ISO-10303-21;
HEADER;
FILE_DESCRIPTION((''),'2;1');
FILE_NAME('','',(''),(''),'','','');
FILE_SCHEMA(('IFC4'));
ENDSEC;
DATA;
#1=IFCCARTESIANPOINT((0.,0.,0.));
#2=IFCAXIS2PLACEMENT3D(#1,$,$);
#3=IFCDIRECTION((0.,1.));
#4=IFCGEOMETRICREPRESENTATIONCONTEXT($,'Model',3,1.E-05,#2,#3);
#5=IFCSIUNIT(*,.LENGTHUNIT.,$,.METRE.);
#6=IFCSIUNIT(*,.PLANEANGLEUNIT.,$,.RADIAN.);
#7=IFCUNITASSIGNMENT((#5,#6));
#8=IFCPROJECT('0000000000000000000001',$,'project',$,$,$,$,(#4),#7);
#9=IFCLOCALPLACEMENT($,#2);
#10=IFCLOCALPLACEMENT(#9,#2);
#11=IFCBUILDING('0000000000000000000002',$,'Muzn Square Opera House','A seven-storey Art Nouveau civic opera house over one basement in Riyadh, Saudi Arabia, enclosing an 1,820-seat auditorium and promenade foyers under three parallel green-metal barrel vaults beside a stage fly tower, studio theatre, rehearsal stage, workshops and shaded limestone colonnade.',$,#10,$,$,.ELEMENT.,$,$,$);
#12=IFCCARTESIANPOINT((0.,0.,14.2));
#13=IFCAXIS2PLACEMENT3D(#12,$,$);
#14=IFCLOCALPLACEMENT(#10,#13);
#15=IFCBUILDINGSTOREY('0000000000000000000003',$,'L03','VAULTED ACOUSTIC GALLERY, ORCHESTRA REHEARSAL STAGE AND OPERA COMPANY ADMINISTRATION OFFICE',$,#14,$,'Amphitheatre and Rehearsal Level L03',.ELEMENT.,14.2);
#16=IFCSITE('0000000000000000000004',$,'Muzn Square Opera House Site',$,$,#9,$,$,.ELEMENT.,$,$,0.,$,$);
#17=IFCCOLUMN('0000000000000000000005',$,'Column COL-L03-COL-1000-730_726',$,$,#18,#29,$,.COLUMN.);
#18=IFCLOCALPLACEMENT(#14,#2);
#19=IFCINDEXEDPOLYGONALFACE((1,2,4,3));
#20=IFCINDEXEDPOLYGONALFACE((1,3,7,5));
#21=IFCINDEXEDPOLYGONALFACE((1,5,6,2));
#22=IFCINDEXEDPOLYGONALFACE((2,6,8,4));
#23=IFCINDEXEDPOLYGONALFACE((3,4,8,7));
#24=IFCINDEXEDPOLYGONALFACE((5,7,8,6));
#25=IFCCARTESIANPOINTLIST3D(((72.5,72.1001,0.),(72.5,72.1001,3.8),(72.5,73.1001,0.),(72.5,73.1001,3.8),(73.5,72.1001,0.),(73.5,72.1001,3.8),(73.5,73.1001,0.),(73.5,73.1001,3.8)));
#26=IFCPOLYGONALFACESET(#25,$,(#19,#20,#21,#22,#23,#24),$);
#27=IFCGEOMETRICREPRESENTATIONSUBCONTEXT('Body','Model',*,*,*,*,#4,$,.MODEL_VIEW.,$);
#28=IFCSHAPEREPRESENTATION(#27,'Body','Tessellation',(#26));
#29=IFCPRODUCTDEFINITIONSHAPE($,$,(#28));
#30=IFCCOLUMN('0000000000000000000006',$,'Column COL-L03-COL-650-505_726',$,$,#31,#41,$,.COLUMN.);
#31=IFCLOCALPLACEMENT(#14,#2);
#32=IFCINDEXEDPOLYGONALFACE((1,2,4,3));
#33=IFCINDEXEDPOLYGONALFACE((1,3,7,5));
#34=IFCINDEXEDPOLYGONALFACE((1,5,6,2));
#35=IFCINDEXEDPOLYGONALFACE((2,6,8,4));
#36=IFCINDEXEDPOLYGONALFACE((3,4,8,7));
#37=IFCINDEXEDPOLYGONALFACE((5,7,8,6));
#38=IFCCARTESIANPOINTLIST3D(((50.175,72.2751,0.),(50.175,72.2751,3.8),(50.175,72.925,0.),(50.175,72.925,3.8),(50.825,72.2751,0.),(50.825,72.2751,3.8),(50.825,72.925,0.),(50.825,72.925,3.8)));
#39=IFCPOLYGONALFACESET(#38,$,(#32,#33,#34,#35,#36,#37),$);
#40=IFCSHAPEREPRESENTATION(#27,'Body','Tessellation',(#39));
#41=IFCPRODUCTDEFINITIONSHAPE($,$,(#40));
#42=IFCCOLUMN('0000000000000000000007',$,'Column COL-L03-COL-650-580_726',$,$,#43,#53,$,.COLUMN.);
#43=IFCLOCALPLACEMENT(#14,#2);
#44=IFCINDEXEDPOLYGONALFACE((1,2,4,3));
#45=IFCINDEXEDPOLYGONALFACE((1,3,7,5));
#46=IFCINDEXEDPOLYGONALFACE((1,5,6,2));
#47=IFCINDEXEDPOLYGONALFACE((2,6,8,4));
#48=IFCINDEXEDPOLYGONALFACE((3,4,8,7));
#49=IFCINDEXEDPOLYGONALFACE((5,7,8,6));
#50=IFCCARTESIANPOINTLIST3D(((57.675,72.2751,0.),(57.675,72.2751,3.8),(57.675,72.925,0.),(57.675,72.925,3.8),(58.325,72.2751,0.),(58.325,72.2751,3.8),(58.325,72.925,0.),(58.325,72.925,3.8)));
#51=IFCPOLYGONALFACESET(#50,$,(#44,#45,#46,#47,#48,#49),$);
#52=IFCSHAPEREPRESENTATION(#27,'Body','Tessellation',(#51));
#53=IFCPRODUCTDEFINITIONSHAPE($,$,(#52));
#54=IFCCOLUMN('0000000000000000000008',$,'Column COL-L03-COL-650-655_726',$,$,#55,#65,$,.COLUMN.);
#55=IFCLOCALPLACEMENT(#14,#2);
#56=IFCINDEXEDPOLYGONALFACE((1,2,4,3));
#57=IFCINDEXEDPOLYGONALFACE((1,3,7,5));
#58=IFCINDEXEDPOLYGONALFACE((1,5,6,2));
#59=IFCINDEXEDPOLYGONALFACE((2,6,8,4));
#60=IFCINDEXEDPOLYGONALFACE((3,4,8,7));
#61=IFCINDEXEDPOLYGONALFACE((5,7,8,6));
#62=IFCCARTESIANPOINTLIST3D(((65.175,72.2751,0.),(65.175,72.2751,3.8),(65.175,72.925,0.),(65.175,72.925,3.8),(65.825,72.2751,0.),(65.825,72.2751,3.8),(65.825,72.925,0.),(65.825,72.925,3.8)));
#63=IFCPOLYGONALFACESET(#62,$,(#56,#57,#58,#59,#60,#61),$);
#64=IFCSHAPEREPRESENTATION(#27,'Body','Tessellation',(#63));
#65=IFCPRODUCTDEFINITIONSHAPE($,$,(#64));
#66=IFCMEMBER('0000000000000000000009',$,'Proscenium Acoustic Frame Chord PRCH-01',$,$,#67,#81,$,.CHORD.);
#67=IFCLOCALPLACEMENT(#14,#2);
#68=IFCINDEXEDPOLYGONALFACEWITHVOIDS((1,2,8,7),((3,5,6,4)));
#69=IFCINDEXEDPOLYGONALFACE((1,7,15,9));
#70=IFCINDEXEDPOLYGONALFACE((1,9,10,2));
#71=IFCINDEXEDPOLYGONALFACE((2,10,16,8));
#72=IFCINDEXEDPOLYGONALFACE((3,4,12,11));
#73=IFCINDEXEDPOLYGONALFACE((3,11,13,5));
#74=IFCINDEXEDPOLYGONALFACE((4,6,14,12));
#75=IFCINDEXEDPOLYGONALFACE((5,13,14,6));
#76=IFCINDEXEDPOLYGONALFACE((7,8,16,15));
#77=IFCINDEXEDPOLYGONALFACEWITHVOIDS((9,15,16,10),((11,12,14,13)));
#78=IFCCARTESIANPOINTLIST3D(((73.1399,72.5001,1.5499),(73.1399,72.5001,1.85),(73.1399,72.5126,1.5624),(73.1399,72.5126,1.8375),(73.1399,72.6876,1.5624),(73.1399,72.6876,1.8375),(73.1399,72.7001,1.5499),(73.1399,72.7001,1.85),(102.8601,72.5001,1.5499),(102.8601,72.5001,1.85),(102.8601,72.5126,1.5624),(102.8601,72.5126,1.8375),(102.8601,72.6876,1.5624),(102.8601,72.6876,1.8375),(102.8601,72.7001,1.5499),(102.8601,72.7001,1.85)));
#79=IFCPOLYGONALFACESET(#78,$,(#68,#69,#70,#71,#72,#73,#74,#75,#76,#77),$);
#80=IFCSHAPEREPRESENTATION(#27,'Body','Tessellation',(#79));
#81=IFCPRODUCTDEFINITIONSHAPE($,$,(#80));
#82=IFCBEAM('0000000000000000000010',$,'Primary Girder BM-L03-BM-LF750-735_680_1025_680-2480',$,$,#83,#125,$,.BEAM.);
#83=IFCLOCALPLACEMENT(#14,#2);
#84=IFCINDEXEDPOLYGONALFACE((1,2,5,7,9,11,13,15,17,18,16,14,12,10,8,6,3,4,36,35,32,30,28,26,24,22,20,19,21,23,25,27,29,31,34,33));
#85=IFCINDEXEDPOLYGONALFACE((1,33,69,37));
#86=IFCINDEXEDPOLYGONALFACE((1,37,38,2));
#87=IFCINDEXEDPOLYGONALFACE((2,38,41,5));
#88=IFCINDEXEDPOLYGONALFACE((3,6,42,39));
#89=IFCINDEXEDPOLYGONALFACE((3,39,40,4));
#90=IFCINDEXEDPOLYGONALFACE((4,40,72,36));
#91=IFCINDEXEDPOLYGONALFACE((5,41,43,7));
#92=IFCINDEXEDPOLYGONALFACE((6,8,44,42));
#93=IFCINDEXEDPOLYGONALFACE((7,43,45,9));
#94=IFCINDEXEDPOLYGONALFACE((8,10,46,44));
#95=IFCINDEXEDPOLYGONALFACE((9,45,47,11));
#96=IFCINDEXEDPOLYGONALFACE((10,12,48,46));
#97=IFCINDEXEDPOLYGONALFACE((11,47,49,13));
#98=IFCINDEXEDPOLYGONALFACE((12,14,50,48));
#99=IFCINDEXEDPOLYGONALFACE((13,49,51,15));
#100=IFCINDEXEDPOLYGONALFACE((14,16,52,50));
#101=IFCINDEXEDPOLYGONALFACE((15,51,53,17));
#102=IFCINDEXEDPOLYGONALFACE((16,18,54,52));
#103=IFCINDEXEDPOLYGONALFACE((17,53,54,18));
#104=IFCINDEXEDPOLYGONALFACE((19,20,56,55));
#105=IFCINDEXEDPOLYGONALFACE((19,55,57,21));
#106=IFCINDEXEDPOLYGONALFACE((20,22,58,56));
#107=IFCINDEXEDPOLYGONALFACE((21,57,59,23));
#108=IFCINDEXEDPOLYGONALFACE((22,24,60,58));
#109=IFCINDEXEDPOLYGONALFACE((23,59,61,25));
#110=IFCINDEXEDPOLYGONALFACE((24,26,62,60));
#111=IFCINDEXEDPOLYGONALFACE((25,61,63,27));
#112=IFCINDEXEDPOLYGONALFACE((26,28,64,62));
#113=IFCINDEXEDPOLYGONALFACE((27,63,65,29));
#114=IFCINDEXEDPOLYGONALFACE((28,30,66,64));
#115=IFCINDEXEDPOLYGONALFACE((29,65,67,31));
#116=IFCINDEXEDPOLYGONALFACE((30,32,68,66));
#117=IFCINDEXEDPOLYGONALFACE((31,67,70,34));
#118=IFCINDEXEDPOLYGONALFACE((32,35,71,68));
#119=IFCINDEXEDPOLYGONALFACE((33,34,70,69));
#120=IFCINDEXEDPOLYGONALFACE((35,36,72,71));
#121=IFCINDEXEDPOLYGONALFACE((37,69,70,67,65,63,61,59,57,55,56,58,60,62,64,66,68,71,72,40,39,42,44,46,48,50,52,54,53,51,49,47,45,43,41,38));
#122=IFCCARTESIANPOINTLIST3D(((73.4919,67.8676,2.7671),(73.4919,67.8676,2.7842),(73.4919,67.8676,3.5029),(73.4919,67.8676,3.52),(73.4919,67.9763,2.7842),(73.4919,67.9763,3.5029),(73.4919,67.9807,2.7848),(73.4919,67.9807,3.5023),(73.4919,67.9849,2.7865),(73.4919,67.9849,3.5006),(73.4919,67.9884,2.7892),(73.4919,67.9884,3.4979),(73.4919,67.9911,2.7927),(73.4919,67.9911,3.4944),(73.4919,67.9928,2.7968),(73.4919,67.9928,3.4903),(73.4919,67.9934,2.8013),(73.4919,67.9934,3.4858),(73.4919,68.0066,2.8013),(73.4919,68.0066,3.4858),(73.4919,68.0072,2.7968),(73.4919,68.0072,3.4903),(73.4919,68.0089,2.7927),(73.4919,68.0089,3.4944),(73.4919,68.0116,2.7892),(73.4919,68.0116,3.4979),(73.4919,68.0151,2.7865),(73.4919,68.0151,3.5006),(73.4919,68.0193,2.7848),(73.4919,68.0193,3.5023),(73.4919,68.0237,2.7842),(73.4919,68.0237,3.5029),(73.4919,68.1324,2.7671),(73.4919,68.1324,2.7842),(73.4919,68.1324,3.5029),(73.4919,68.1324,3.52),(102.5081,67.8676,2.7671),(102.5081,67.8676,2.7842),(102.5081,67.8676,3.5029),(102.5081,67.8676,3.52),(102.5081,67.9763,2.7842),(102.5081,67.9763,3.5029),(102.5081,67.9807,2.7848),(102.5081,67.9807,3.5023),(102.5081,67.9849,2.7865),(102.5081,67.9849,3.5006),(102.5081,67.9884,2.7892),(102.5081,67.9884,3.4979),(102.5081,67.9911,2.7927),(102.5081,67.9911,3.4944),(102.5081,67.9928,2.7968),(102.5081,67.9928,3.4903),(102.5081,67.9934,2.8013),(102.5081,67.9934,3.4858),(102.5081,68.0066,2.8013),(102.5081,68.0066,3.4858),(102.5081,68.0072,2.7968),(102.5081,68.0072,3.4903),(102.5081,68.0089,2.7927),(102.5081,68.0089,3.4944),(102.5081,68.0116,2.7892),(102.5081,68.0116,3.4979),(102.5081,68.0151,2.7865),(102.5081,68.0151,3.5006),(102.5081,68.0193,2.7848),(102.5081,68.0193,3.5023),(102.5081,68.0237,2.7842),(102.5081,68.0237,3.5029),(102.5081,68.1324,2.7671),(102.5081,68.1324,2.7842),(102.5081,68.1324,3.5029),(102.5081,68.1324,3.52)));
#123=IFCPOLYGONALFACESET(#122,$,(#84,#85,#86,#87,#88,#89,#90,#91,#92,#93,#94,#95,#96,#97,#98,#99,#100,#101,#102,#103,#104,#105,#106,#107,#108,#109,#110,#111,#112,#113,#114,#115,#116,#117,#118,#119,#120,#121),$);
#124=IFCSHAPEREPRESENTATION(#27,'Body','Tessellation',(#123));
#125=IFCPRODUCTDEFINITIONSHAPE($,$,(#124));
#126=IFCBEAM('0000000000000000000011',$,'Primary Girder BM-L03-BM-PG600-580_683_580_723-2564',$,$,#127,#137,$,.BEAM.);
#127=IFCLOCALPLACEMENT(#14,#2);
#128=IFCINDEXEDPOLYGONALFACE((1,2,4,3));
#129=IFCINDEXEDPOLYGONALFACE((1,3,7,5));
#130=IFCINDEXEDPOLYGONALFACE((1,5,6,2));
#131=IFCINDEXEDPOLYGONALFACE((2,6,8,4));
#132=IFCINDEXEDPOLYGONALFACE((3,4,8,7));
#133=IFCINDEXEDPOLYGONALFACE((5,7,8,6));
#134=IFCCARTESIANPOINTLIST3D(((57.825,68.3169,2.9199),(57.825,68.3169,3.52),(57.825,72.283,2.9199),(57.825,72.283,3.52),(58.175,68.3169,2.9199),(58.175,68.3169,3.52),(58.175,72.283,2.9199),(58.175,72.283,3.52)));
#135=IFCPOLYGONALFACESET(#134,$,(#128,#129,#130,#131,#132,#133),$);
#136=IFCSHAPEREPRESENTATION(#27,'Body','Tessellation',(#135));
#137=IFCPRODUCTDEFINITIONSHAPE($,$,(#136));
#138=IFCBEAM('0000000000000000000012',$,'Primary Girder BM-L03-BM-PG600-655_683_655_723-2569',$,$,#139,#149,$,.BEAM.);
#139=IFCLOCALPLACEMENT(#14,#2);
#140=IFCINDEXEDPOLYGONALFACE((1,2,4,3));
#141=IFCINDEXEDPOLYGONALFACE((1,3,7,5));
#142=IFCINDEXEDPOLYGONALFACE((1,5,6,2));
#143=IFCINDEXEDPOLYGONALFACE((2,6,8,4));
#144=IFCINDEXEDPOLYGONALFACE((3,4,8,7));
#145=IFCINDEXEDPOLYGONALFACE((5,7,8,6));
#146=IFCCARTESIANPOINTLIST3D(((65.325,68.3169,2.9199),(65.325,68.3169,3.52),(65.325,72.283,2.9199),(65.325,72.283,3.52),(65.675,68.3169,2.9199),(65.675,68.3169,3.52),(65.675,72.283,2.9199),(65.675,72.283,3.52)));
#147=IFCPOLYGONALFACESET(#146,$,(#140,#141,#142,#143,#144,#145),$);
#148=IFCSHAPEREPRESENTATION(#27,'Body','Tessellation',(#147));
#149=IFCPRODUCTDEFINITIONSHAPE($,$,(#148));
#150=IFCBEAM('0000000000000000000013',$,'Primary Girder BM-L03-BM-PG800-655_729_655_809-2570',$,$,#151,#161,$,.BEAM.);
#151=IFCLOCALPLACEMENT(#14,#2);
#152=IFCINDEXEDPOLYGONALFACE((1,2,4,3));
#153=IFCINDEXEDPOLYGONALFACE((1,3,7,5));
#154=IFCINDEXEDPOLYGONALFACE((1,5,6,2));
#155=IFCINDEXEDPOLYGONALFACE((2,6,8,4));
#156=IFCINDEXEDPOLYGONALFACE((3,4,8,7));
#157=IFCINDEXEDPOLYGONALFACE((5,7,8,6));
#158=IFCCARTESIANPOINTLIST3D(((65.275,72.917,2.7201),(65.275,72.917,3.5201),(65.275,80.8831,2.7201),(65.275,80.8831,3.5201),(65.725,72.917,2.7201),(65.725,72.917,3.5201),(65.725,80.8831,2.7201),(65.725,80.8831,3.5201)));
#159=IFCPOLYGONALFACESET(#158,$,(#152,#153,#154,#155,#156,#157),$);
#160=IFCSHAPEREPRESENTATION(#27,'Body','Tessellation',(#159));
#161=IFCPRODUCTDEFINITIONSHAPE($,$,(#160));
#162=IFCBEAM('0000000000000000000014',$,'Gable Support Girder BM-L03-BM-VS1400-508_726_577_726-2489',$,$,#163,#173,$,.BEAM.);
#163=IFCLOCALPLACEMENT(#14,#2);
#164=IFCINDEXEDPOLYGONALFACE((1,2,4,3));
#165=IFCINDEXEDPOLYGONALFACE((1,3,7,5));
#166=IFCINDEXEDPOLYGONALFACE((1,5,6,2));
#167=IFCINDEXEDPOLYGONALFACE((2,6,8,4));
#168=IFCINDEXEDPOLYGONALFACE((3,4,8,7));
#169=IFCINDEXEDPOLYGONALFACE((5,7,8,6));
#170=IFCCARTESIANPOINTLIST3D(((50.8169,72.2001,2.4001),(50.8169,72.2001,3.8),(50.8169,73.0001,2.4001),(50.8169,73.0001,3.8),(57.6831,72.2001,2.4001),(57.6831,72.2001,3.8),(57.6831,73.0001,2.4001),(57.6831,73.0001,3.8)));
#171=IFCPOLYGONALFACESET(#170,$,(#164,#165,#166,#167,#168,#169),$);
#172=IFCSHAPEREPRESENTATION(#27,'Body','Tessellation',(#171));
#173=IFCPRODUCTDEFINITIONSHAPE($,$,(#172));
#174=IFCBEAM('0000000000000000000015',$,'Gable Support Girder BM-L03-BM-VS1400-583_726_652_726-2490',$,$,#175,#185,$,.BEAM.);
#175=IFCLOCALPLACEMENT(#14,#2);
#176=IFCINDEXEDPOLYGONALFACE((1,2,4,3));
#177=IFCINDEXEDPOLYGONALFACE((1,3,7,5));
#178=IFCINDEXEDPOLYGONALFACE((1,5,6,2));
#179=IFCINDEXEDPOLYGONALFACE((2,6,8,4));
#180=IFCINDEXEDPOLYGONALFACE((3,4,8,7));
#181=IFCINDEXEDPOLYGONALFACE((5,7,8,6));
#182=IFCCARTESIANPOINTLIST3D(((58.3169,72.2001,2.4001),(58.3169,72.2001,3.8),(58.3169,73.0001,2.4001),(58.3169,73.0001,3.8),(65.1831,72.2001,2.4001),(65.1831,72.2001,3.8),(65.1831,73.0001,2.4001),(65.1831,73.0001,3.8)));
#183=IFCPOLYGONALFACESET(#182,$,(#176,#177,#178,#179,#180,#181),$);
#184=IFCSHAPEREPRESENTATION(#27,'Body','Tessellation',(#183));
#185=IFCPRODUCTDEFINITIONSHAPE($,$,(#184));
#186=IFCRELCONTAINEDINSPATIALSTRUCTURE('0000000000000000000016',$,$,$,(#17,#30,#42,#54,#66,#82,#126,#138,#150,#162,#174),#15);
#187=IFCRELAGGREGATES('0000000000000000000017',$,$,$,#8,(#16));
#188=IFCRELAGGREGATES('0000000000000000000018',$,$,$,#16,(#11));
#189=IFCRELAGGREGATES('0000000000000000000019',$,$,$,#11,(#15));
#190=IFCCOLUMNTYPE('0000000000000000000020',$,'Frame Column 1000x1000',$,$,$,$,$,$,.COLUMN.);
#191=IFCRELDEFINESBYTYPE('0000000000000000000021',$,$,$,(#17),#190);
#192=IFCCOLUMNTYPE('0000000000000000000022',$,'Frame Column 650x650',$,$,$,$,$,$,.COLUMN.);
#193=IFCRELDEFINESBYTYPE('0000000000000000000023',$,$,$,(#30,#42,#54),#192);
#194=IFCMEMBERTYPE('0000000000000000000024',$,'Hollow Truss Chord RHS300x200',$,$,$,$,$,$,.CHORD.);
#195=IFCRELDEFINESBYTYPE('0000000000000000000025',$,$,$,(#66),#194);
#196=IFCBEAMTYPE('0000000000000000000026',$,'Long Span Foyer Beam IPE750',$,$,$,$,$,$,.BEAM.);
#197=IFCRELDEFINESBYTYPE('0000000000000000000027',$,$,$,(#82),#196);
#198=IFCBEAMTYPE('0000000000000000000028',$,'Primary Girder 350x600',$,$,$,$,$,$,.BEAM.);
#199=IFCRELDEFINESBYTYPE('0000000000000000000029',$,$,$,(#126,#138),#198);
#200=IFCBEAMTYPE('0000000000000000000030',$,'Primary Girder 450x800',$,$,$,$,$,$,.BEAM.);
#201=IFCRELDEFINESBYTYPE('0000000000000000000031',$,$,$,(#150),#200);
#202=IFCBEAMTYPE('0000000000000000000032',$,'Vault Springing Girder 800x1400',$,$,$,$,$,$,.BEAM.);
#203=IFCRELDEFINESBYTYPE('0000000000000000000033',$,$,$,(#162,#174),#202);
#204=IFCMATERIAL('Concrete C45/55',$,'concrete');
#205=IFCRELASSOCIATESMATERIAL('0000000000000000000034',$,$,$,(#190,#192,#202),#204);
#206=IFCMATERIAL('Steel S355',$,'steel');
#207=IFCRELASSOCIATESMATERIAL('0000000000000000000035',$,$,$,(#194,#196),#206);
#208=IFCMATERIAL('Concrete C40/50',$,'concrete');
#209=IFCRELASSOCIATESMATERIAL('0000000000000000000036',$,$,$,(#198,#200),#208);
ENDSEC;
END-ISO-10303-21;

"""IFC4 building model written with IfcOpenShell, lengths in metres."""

from ifc_helpers import new_model, si_unit, direction, frame, origin, origin_2d, place, context, subcontext, project, spatial, rectangle, hollow_rectangle, i_section, extrude, material, material_profile, profile_set, type_object, element, save


model = new_model("IFC4")

# Units and contexts
model_context = context("Model", 3, precision=1e-05, world=origin(), true_north=direction((0.0, 1.0)))
body_context = subcontext(model_context, "Body", "Model", "MODEL_VIEW")
ifc_project = project(units=[si_unit("LENGTHUNIT", "METRE"), si_unit("PLANEANGLEUNIT", "RADIAN")], contexts=[model_context])

# Site, building, storey
site_placement = place(None, origin())
site = spatial("IfcSite", under=ifc_project, at=site_placement, Name="Muzn Square Opera House Site", CompositionType="ELEMENT", RefElevation=0.0)
building_placement = place(site_placement, origin())
building = spatial("IfcBuilding", under=site, at=building_placement, Name="Muzn Square Opera House", Description="A seven-storey Art Nouveau civic opera house over one basement in Riyadh, Saudi Arabia, enclosing an 1,820-seat auditorium and promenade foyers under three parallel green-metal barrel vaults beside a stage fly tower, studio theatre, rehearsal stage, workshops and shaded limestone colonnade.", CompositionType="ELEMENT")
storey_placement = place(building_placement, frame((0.0, 0.0, 14.2)))
storey = spatial("IfcBuildingStorey", under=building, at=storey_placement, Name="L03", Description="VAULTED ACOUSTIC GALLERY, ORCHESTRA REHEARSAL STAGE AND OPERA COMPANY ADMINISTRATION OFFICE", LongName="Amphitheatre and Rehearsal Level L03", CompositionType="ELEMENT", Elevation=14.2)

# Columns
ifc_material_1 = material(Name="Concrete C45/55", Category="concrete")
ifc_material_profile_1 = material_profile(ifc_material_1, rectangle(XDim=1.0, YDim=1.0, at=origin_2d()), Name="RC 1000x1000", Category="concrete")
ifc_profile_set_1 = profile_set([ifc_material_profile_1], Name="Concrete C45/55")
column_type_1 = type_object("IfcColumnType", Name="Frame Column 1000x1000", PredefinedType="COLUMN", material=ifc_profile_set_1)
column_placement = place(storey_placement, frame((73.0, 72.6001, 0.0), z_axis=(0.0, 0.0, 1.0), x_axis=(1.0, 0.0, 0.0)))
element("IfcColumn", 1, at=column_placement, inside=storey, type_object=column_type_1, Name="Column COL-L03-COL-1000-730_726", PredefinedType="COLUMN", context=body_context, shape_type="SweptSolid", body=[
    extrude(rectangle(XDim=1.0, YDim=1.0, at=origin_2d()), origin(), (0.0, 0.0, 1.0), 3.8),
])
ifc_material_profile_2 = material_profile(ifc_material_1, rectangle(XDim=0.6499, YDim=0.6499, at=origin_2d()), Name="RC 650x650", Category="concrete")
ifc_profile_set_2 = profile_set([ifc_material_profile_2], Name="Concrete C45/55")
column_type_2 = type_object("IfcColumnType", Name="Frame Column 650x650", PredefinedType="COLUMN", material=ifc_profile_set_2)
for number, where, z_axis, x_axis, name in (
    (2, (50.5, 72.6001, 0.0), (0.0, 0.0, 1.0), (1.0, 0.0, 0.0), "Column COL-L03-COL-650-505_726"),
    (3, (58.0, 72.6001, 0.0), (0.0, 0.0, 1.0), (1.0, 0.0, 0.0), "Column COL-L03-COL-650-580_726"),
    (4, (65.5, 72.6001, 0.0), (0.0, 0.0, 1.0), (1.0, 0.0, 0.0), "Column COL-L03-COL-650-655_726"),
):
    element("IfcColumn", number, at=place(storey_placement, frame(where, z_axis=z_axis, x_axis=x_axis)), inside=storey, type_object=column_type_2, Name=name, PredefinedType="COLUMN", context=body_context, shape_type="SweptSolid", body=[
        extrude(rectangle(XDim=0.6499, YDim=0.6499, at=origin_2d()), origin(), (0.0, 0.0, 1.0), 3.8),
    ])

# Member
ifc_material_2 = material(Name="Steel S355", Category="steel")
ifc_material_profile_3 = material_profile(ifc_material_2, hollow_rectangle(XDim=0.2, YDim=0.3, WallThickness=0.0125, at=origin_2d()), Name="RHS 300x200x12.5", Category="steel")
ifc_profile_set_3 = profile_set([ifc_material_profile_3], Name="Steel S355")
member_type = type_object("IfcMemberType", Name="Hollow Truss Chord RHS300x200", PredefinedType="CHORD", material=ifc_profile_set_3)
member_placement = place(storey_placement, frame((73.1399, 72.6001, 1.7), z_axis=(1.0, 0.0, 0.0), x_axis=(0.0, 1.0, 0.0)))
element("IfcMember", 5, at=member_placement, inside=storey, type_object=member_type, Name="Proscenium Acoustic Frame Chord PRCH-01", PredefinedType="CHORD", context=body_context, shape_type="SweptSolid", body=[
    extrude(hollow_rectangle(XDim=0.2, YDim=0.3, WallThickness=0.0125, at=origin_2d()), origin(), (0.0, 0.0, 1.0), 29.7202),
])

# Beams
ifc_material_profile_4 = material_profile(ifc_material_2, i_section(OverallWidth=0.2649, OverallDepth=0.7529, WebThickness=0.0132, FlangeThickness=0.0171, FilletRadius=0.0171, at=origin_2d()), Name="IPE 750x147", Category="steel")
ifc_profile_set_4 = profile_set([ifc_material_profile_4], Name="Steel S355")
beam_type_1 = type_object("IfcBeamType", Name="Long Span Foyer Beam IPE750", PredefinedType="BEAM", material=ifc_profile_set_4)
beam_1_placement = place(storey_placement, frame((73.4919, 68.0, 3.1436), z_axis=(1.0, 0.0, 0.0), x_axis=(0.0, 1.0, 0.0)))
element("IfcBeam", 6, at=beam_1_placement, inside=storey, type_object=beam_type_1, Name="Primary Girder BM-L03-BM-LF750-735_680_1025_680-2480", PredefinedType="BEAM", context=body_context, shape_type="SweptSolid", body=[
    extrude(i_section(OverallWidth=0.2649, OverallDepth=0.7529, WebThickness=0.0132, FlangeThickness=0.0171, FilletRadius=0.0171, at=origin_2d()), origin(), (0.0, 0.0, 1.0), 29.0161),
])
ifc_material_3 = material(Name="Concrete C40/50", Category="concrete")
ifc_material_profile_5 = material_profile(ifc_material_3, rectangle(XDim=0.3501, YDim=0.6001, at=origin_2d()), Name="RCB 350x600", Category="concrete")
ifc_profile_set_5 = profile_set([ifc_material_profile_5], Name="Concrete C40/50")
beam_type_2 = type_object("IfcBeamType", Name="Primary Girder 350x600", PredefinedType="BEAM", material=ifc_profile_set_5)
for number, where, z_axis, x_axis, name in (
    (7, (58.0, 68.3169, 3.22), (0.0, 1.0, 0.0), (-1.0, 0.0, 0.0), "Primary Girder BM-L03-BM-PG600-580_683_580_723-2564"),
    (8, (65.5, 68.3169, 3.22), (0.0, 1.0, 0.0), (-1.0, 0.0, 0.0), "Primary Girder BM-L03-BM-PG600-655_683_655_723-2569"),
):
    element("IfcBeam", number, at=place(storey_placement, frame(where, z_axis=z_axis, x_axis=x_axis)), inside=storey, type_object=beam_type_2, Name=name, PredefinedType="BEAM", context=body_context, shape_type="SweptSolid", body=[
        extrude(rectangle(XDim=0.3501, YDim=0.6001, at=origin_2d()), origin(), (0.0, 0.0, 1.0), 3.9661),
    ])
ifc_material_profile_6 = material_profile(ifc_material_3, rectangle(XDim=0.45, YDim=0.8, at=origin_2d()), Name="RCB 450x800", Category="concrete")
ifc_profile_set_6 = profile_set([ifc_material_profile_6], Name="Concrete C40/50")
beam_type_3 = type_object("IfcBeamType", Name="Primary Girder 450x800", PredefinedType="BEAM", material=ifc_profile_set_6)
beam_2_placement = place(storey_placement, frame((65.5, 72.917, 3.1201), z_axis=(0.0, 1.0, 0.0), x_axis=(-1.0, 0.0, 0.0)))
element("IfcBeam", 9, at=beam_2_placement, inside=storey, type_object=beam_type_3, Name="Primary Girder BM-L03-BM-PG800-655_729_655_809-2570", PredefinedType="BEAM", context=body_context, shape_type="SweptSolid", body=[
    extrude(rectangle(XDim=0.45, YDim=0.8, at=origin_2d()), origin(), (0.0, 0.0, 1.0), 7.9661),
])
ifc_material_profile_7 = material_profile(ifc_material_1, rectangle(XDim=0.8, YDim=1.3999, at=origin_2d()), Name="RCB 800x1400", Category="concrete")
ifc_profile_set_7 = profile_set([ifc_material_profile_7], Name="Concrete C45/55")
beam_type_4 = type_object("IfcBeamType", Name="Vault Springing Girder 800x1400", PredefinedType="BEAM", material=ifc_profile_set_7)
for number, where, z_axis, x_axis, name in (
    (10, (50.8169, 72.6001, 3.1001), (1.0, 0.0, 0.0), (0.0, 1.0, 0.0), "Gable Support Girder BM-L03-BM-VS1400-508_726_577_726-2489"),
    (11, (58.3169, 72.6001, 3.1001), (1.0, 0.0, 0.0), (0.0, 1.0, 0.0), "Gable Support Girder BM-L03-BM-VS1400-583_726_652_726-2490"),
):
    element("IfcBeam", number, at=place(storey_placement, frame(where, z_axis=z_axis, x_axis=x_axis)), inside=storey, type_object=beam_type_4, Name=name, PredefinedType="BEAM", context=body_context, shape_type="SweptSolid", body=[
        extrude(rectangle(XDim=0.8, YDim=1.3999, at=origin_2d()), origin(), (0.0, 0.0, 1.0), 6.8662),
    ])

save(model, "model.ifc")
